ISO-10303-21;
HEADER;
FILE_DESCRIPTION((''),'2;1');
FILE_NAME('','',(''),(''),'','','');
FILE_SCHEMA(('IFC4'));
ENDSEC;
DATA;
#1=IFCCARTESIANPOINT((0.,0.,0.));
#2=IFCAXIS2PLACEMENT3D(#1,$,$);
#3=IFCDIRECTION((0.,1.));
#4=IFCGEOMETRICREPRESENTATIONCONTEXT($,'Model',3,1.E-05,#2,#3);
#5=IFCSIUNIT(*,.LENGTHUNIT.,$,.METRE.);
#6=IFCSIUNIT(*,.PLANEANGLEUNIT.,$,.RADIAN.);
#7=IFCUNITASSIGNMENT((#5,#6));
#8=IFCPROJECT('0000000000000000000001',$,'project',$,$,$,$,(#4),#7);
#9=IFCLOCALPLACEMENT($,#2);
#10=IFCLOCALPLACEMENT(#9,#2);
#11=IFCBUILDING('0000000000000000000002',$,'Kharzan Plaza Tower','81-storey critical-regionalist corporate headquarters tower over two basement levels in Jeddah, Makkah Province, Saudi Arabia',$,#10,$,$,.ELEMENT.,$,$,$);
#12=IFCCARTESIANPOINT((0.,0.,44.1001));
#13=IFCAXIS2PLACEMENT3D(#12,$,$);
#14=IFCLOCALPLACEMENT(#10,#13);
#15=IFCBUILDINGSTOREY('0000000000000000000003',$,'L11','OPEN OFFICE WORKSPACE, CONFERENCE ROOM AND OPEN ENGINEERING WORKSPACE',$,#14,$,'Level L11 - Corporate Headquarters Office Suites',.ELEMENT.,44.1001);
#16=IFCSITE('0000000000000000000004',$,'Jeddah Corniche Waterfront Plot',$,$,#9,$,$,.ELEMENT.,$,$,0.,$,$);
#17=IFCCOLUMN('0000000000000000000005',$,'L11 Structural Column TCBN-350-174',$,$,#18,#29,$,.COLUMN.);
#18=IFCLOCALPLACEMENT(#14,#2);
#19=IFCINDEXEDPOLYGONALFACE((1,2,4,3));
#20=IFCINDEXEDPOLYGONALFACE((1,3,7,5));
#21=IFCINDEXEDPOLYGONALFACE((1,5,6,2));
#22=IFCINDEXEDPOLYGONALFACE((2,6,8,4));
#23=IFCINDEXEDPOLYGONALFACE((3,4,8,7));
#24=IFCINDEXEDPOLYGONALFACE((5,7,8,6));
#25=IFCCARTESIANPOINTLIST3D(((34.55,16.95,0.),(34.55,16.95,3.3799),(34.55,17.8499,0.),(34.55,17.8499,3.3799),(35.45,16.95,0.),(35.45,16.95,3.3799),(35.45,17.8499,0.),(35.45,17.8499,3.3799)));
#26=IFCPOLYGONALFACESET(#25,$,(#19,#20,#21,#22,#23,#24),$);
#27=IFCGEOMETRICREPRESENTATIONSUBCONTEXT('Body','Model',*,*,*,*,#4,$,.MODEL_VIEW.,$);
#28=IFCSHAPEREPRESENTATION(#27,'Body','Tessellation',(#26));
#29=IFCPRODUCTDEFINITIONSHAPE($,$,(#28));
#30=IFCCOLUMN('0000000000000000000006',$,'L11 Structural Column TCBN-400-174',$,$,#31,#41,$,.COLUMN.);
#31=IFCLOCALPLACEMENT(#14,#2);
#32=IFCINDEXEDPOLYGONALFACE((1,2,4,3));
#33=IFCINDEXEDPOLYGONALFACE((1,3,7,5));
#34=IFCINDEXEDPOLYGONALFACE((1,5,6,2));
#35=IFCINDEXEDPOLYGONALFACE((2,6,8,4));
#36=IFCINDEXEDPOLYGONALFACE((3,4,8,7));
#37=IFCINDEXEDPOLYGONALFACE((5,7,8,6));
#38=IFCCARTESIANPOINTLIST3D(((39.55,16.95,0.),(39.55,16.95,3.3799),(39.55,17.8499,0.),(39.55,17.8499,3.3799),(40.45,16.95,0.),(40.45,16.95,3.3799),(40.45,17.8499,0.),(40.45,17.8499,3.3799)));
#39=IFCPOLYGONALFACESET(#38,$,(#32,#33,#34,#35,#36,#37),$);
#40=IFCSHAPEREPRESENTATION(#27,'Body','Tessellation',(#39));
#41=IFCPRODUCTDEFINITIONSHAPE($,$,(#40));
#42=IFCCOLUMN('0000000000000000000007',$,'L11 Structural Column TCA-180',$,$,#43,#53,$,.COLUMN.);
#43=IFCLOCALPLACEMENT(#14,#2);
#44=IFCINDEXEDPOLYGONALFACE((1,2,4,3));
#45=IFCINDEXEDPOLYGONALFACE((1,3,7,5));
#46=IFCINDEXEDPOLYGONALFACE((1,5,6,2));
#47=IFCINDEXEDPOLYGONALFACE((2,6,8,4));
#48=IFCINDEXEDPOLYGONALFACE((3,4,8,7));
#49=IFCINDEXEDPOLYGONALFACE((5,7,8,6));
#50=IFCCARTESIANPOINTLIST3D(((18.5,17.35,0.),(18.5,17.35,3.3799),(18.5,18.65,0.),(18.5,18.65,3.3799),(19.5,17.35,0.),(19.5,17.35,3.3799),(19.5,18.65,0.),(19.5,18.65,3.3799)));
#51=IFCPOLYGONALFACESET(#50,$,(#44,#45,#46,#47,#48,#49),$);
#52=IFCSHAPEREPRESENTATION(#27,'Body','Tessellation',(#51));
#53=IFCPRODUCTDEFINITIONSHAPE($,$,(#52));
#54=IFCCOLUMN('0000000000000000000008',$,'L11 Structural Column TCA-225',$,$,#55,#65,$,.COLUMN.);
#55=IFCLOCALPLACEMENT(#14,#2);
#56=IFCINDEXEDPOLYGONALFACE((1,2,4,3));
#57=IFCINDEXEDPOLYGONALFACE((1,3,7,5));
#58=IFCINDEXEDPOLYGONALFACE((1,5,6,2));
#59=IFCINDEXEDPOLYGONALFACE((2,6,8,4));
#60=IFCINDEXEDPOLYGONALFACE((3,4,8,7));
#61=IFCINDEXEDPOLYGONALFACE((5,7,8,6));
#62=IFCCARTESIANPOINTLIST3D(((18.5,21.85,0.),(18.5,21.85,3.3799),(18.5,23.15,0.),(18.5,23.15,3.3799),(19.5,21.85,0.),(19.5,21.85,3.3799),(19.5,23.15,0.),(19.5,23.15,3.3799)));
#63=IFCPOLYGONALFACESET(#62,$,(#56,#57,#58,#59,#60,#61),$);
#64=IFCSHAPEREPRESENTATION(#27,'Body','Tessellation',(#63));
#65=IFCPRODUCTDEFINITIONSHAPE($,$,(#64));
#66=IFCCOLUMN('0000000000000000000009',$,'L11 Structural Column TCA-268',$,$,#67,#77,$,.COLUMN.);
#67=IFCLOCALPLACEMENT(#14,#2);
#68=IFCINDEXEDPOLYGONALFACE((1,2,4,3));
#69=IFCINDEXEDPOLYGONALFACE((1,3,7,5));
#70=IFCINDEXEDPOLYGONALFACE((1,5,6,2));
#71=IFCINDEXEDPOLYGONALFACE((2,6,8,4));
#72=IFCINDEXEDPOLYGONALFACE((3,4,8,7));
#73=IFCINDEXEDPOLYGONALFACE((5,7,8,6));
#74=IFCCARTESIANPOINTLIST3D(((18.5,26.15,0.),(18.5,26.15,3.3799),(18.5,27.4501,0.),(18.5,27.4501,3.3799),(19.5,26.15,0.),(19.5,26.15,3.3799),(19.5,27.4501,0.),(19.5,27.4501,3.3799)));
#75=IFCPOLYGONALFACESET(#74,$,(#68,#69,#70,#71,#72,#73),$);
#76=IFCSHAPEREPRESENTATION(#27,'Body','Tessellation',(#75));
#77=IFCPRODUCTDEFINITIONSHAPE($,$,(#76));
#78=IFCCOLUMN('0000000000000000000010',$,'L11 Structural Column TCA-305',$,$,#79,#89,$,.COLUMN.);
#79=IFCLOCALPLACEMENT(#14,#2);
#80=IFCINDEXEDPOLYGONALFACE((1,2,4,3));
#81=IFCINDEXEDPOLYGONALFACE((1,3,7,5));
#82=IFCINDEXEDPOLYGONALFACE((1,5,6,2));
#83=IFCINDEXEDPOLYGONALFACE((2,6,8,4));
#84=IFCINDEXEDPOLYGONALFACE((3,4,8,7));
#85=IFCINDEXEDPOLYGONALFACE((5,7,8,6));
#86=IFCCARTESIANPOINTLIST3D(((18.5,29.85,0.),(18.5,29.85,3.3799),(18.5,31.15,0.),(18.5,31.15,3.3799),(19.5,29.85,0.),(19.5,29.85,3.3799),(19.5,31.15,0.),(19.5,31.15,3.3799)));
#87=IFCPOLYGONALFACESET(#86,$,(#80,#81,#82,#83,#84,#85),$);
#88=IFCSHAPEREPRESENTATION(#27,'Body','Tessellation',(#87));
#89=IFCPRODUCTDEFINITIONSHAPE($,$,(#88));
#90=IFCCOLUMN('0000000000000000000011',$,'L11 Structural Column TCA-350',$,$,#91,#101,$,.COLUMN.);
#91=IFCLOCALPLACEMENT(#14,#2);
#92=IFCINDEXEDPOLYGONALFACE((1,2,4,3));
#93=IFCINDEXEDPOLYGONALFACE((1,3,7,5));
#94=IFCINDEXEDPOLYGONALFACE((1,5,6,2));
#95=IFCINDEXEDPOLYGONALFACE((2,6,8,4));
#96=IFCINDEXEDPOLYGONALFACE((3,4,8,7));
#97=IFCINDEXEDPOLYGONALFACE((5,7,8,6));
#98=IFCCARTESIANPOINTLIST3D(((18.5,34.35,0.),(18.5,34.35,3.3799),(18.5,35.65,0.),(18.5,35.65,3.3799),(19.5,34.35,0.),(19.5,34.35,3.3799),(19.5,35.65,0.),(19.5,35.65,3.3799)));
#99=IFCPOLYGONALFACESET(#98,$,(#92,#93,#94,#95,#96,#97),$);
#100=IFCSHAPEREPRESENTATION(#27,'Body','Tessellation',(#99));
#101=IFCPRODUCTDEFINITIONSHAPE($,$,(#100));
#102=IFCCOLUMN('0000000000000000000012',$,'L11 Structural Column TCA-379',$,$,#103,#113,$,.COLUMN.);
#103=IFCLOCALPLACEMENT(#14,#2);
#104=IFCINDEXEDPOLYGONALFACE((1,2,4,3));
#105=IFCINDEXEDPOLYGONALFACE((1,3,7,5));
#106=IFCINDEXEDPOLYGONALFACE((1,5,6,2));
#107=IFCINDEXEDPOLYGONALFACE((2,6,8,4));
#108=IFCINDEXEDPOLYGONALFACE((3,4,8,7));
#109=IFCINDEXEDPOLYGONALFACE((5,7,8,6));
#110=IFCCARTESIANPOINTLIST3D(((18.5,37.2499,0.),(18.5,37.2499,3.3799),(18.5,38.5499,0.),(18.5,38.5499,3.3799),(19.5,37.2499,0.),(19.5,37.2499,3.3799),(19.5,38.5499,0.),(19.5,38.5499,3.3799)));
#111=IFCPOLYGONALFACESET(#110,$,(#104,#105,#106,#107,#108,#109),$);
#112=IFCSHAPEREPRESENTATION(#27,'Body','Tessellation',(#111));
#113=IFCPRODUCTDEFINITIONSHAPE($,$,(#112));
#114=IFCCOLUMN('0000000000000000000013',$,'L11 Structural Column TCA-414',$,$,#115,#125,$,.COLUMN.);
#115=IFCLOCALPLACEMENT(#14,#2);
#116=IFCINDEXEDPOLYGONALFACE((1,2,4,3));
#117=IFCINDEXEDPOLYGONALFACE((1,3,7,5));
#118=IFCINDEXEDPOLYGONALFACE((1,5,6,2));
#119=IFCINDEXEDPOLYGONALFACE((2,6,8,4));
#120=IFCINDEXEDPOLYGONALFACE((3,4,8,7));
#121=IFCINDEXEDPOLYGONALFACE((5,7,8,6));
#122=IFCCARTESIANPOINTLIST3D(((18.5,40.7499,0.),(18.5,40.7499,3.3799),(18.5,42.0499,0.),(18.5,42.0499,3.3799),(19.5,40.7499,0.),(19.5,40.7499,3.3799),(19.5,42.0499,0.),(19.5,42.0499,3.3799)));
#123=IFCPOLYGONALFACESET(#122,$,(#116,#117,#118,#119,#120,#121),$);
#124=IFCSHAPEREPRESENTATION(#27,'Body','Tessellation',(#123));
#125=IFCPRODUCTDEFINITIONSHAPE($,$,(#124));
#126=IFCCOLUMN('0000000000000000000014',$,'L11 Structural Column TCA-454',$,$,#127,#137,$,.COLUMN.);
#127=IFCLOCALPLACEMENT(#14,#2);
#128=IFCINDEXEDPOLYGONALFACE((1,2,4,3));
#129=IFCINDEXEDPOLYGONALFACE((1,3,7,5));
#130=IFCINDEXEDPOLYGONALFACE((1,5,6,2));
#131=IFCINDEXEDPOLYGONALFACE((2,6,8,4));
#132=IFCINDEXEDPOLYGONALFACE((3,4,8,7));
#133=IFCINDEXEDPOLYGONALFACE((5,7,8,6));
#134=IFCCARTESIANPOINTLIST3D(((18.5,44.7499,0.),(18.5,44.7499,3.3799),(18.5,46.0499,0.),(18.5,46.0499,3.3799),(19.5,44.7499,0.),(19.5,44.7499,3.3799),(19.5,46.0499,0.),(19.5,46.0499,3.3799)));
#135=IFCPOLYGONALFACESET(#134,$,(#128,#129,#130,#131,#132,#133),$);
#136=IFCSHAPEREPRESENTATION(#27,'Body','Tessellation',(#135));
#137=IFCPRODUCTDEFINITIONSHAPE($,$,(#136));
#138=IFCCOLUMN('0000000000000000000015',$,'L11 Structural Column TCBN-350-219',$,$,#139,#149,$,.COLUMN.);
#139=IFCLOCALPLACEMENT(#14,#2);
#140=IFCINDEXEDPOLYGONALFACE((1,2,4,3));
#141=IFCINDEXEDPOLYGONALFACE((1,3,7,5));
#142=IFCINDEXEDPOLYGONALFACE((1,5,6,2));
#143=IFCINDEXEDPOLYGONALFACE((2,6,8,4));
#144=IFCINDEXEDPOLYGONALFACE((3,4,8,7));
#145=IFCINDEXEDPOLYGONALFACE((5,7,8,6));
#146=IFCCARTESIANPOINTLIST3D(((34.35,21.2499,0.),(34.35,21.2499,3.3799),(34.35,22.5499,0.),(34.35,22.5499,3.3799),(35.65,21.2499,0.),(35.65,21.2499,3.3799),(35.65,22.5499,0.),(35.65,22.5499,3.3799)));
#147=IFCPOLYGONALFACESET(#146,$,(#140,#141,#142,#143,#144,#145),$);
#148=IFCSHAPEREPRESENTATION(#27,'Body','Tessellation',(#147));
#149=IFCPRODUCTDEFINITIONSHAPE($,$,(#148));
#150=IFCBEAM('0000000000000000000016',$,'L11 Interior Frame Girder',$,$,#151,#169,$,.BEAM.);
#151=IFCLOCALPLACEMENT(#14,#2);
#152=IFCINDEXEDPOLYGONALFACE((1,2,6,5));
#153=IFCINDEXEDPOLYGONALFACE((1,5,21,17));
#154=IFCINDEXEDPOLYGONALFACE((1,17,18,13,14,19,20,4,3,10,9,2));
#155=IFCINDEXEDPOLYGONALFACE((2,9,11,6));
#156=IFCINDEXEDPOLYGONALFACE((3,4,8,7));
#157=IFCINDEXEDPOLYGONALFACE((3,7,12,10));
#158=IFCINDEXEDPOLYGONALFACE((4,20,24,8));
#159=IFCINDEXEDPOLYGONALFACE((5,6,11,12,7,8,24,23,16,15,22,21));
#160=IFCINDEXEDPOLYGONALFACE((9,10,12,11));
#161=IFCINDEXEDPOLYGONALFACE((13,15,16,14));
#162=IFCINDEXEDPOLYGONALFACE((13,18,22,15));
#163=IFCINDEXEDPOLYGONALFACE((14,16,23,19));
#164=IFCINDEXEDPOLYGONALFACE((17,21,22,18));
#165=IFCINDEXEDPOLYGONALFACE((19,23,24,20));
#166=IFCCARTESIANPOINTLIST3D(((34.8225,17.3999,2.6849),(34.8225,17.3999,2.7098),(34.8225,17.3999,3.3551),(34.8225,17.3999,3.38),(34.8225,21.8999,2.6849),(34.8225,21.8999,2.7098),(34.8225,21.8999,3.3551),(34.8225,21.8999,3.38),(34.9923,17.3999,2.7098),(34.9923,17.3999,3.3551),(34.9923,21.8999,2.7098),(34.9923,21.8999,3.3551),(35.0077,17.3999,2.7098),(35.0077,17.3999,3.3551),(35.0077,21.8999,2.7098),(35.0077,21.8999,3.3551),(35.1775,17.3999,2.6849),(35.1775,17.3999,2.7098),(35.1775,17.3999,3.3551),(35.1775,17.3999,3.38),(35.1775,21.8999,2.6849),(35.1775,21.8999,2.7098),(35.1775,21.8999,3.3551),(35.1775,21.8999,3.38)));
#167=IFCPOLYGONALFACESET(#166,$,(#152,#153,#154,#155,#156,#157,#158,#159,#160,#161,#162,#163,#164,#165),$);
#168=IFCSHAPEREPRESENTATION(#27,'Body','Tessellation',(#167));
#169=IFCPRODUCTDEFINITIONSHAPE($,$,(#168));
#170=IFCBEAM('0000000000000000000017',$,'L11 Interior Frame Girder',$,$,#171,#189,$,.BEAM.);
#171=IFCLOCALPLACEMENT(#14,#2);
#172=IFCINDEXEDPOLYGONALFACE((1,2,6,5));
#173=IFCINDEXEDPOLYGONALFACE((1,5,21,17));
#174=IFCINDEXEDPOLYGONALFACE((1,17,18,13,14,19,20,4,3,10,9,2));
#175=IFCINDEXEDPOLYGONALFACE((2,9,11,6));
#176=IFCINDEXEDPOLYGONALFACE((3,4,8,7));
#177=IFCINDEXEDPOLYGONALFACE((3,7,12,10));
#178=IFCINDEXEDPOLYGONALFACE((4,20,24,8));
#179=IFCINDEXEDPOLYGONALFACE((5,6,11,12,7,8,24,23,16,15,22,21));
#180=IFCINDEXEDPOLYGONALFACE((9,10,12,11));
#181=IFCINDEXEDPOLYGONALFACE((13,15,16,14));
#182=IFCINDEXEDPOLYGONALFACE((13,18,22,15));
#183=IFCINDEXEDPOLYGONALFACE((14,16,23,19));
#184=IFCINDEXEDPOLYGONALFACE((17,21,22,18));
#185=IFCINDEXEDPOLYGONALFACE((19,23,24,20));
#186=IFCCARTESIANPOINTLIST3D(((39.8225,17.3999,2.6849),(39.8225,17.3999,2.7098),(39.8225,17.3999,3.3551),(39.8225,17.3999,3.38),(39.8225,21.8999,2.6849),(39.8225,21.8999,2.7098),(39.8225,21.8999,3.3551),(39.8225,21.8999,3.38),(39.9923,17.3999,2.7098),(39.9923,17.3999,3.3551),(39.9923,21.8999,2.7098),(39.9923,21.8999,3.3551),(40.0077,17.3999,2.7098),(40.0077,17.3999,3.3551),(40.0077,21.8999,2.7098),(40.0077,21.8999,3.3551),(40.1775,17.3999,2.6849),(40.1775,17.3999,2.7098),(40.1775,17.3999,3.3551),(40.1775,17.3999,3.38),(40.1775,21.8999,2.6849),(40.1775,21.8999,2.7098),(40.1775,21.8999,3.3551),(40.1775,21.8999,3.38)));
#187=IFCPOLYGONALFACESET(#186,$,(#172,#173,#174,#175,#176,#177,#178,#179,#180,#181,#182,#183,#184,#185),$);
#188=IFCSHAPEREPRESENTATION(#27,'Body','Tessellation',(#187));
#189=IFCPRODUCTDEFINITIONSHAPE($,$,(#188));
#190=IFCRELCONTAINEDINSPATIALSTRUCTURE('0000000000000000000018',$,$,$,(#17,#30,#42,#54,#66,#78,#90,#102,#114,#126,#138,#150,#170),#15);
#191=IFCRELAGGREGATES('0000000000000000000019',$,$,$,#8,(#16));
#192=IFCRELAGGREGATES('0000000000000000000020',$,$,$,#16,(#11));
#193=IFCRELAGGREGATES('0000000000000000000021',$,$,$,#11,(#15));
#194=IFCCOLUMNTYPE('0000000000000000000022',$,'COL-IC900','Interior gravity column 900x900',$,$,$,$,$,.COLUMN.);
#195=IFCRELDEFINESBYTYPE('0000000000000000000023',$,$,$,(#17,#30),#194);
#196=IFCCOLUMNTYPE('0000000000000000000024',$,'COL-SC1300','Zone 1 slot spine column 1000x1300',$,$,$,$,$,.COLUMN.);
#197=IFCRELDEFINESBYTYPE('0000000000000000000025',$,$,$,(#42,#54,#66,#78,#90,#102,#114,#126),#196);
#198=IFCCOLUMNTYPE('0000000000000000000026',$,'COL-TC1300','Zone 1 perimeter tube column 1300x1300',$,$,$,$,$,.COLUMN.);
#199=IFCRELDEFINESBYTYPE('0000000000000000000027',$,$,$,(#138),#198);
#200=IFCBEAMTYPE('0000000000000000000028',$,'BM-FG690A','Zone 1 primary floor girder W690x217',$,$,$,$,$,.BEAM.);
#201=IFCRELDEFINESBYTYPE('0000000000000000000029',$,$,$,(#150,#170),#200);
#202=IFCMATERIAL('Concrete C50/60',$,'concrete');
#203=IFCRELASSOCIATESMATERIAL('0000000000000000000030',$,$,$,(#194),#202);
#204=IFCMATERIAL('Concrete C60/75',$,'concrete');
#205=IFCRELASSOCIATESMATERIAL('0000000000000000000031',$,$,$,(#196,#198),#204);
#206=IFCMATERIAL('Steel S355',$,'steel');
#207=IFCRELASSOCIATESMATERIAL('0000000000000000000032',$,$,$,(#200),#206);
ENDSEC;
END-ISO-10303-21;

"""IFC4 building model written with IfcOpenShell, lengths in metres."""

from ifc_helpers import new_model, si_unit, direction, frame, origin, origin_2d, place, context, subcontext, project, spatial, rectangle, i_section, extrude, source, transform, mapped, material, material_profile, profile_set, type_object, element, save


model = new_model("IFC4")

# Units and contexts
model_context = context("Model", 3, precision=1e-05, world=origin(), true_north=direction((0.0, 1.0)))
body_context = subcontext(model_context, "Body", "Model", "MODEL_VIEW")
ifc_project = project(units=[si_unit("LENGTHUNIT", "METRE"), si_unit("PLANEANGLEUNIT", "RADIAN")], contexts=[model_context])

# Site, building, storey
site_placement = place(None, origin())
site = spatial("IfcSite", under=ifc_project, at=site_placement, Name="Jeddah Corniche Waterfront Plot", CompositionType="ELEMENT", RefElevation=0.0)
building_placement = place(site_placement, origin())
building = spatial("IfcBuilding", under=site, at=building_placement, Name="Kharzan Plaza Tower", Description="81-storey critical-regionalist corporate headquarters tower over two basement levels in Jeddah, Makkah Province, Saudi Arabia", CompositionType="ELEMENT")
storey_placement = place(building_placement, frame((0.0, 0.0, 44.1001)))
storey = spatial("IfcBuildingStorey", under=building, at=storey_placement, Name="L11", Description="OPEN OFFICE WORKSPACE, CONFERENCE ROOM AND OPEN ENGINEERING WORKSPACE", LongName="Level L11 - Corporate Headquarters Office Suites", CompositionType="ELEMENT", Elevation=44.1001)

# Columns
ifc_material_1 = material(Name="Concrete C50/60", Category="concrete")
ifc_material_profile_1 = material_profile(ifc_material_1, rectangle(XDim=0.8999, YDim=0.8999, at=origin_2d()), Name="RC-IC900x900")
ifc_profile_set_1 = profile_set([ifc_material_profile_1], Name="Concrete C50/60")
column_type_1 = type_object("IfcColumnType", Name="COL-IC900", Description="Interior gravity column 900x900", PredefinedType="COLUMN", material=ifc_profile_set_1)
shared_shape_1 = source(origin(), body_context, "Body", "SweptSolid", [
    extrude(rectangle(XDim=0.8999, YDim=0.8999, at=origin_2d()), origin(), (0.0, 0.0, 1.0), 3.3799),
])
for number, where, z_axis, x_axis, name in (
    (1, (35.0, 17.3999, 0.0), (0.0, 0.0, 1.0), (1.0, 0.0, 0.0), "L11 Structural Column TCBN-350-174"),
    (2, (40.0, 17.3999, 0.0), (0.0, 0.0, 1.0), (1.0, 0.0, 0.0), "L11 Structural Column TCBN-400-174"),
):
    element("IfcColumn", number, at=place(storey_placement, frame(where, z_axis=z_axis, x_axis=x_axis)), inside=storey, type_object=column_type_1, Name=name, PredefinedType="COLUMN", context=body_context, shape_type="MappedRepresentation", body=[
        mapped(shared_shape_1, transform((0.0, 0.0, 0.0), x_axis=(1.0, 0.0, 0.0), y_axis=(0.0, 1.0, 0.0), z_axis=(0.0, 0.0, 1.0))),
    ])
ifc_material_2 = material(Name="Concrete C60/75", Category="concrete")
ifc_material_profile_2 = material_profile(ifc_material_2, rectangle(XDim=1.0, YDim=1.3, at=origin_2d()), Name="RC-SC1300x1000")
ifc_profile_set_2 = profile_set([ifc_material_profile_2], Name="Concrete C60/75")
column_type_2 = type_object("IfcColumnType", Name="COL-SC1300", Description="Zone 1 slot spine column 1000x1300", PredefinedType="COLUMN", material=ifc_profile_set_2)
shared_shape_2 = source(origin(), body_context, "Body", "SweptSolid", [
    extrude(rectangle(XDim=1.0, YDim=1.3, at=origin_2d()), origin(), (0.0, 0.0, 1.0), 3.3799),
])
for number, where, z_axis, x_axis, name in (
    (3, (19.0, 18.0, 0.0), (0.0, 0.0, 1.0), (1.0, 0.0, 0.0), "L11 Structural Column TCA-180"),
    (4, (19.0, 22.5, 0.0), (0.0, 0.0, 1.0), (1.0, 0.0, 0.0), "L11 Structural Column TCA-225"),
    (5, (19.0, 26.8, 0.0), (0.0, 0.0, 1.0), (1.0, 0.0, 0.0), "L11 Structural Column TCA-268"),
    (6, (19.0, 30.5, 0.0), (0.0, 0.0, 1.0), (1.0, 0.0, 0.0), "L11 Structural Column TCA-305"),
    (7, (19.0, 35.0, 0.0), (0.0, 0.0, 1.0), (1.0, 0.0, 0.0), "L11 Structural Column TCA-350"),
    (8, (19.0, 37.8999, 0.0), (0.0, 0.0, 1.0), (1.0, 0.0, 0.0), "L11 Structural Column TCA-379"),
    (9, (19.0, 41.3999, 0.0), (0.0, 0.0, 1.0), (1.0, 0.0, 0.0), "L11 Structural Column TCA-414"),
    (10, (19.0, 45.3999, 0.0), (0.0, 0.0, 1.0), (1.0, 0.0, 0.0), "L11 Structural Column TCA-454"),
):
    element("IfcColumn", number, at=place(storey_placement, frame(where, z_axis=z_axis, x_axis=x_axis)), inside=storey, type_object=column_type_2, Name=name, PredefinedType="COLUMN", context=body_context, shape_type="MappedRepresentation", body=[
        mapped(shared_shape_2, transform((0.0, 0.0, 0.0), x_axis=(1.0, 0.0, 0.0), y_axis=(0.0, 1.0, 0.0), z_axis=(0.0, 0.0, 1.0))),
    ])
ifc_material_profile_3 = material_profile(ifc_material_2, rectangle(XDim=1.3, YDim=1.3, at=origin_2d()), Name="RC-TC1300x1300")
ifc_profile_set_3 = profile_set([ifc_material_profile_3], Name="Concrete C60/75")
column_type_3 = type_object("IfcColumnType", Name="COL-TC1300", Description="Zone 1 perimeter tube column 1300x1300", PredefinedType="COLUMN", material=ifc_profile_set_3)
shared_shape_3 = source(origin(), body_context, "Body", "SweptSolid", [
    extrude(rectangle(XDim=1.3, YDim=1.3, at=origin_2d()), origin(), (0.0, 0.0, 1.0), 3.3799),
])
column_placement = place(storey_placement, frame((35.0, 21.8999, 0.0), z_axis=(0.0, 0.0, 1.0), x_axis=(1.0, 0.0, 0.0)))
element("IfcColumn", 11, at=column_placement, inside=storey, type_object=column_type_3, Name="L11 Structural Column TCBN-350-219", PredefinedType="COLUMN", context=body_context, shape_type="MappedRepresentation", body=[
    mapped(shared_shape_3, transform((0.0, 0.0, 0.0), x_axis=(1.0, 0.0, 0.0), y_axis=(0.0, 1.0, 0.0), z_axis=(0.0, 0.0, 1.0))),
])

# Beams
ifc_material_3 = material(Name="Steel S355", Category="steel")
ifc_material_profile_4 = material_profile(ifc_material_3, i_section(OverallWidth=0.355, OverallDepth=0.6951, WebThickness=0.0154, FlangeThickness=0.0249, at=origin_2d()), Name="W690x217")
ifc_profile_set_4 = profile_set([ifc_material_profile_4], Name="Steel S355")
beam_type_1 = type_object("IfcBeamType", Name="BM-FG690A", Description="Zone 1 primary floor girder W690x217", PredefinedType="BEAM", material=ifc_profile_set_4)
shared_shape_4 = source(origin(), body_context, "Body", "SweptSolid", [
    extrude(i_section(OverallWidth=0.355, OverallDepth=0.6951, WebThickness=0.0154, FlangeThickness=0.0249, at=origin_2d()), origin(), (0.0, 0.0, 1.0), 4.5),
])
for number, where, z_axis, x_axis, name in (
    (12, (35.0, 17.3999, 3.0325), (0.0, 1.0, 0.0), (-1.0, 0.0, 0.0), "L11 Interior Frame Girder"),
    (13, (40.0, 17.3999, 3.0325), (0.0, 1.0, 0.0), (-1.0, 0.0, 0.0), "L11 Interior Frame Girder"),
):
    element("IfcBeam", number, at=place(storey_placement, frame(where, z_axis=z_axis, x_axis=x_axis)), inside=storey, type_object=beam_type_1, Name=name, PredefinedType="BEAM", context=body_context, shape_type="MappedRepresentation", body=[
        mapped(shared_shape_4, transform((0.0, 0.0, 0.0), x_axis=(1.0, 0.0, 0.0), y_axis=(0.0, 1.0, 0.0), z_axis=(0.0, 0.0, 1.0))),
    ])

save(model, "model.ifc")
